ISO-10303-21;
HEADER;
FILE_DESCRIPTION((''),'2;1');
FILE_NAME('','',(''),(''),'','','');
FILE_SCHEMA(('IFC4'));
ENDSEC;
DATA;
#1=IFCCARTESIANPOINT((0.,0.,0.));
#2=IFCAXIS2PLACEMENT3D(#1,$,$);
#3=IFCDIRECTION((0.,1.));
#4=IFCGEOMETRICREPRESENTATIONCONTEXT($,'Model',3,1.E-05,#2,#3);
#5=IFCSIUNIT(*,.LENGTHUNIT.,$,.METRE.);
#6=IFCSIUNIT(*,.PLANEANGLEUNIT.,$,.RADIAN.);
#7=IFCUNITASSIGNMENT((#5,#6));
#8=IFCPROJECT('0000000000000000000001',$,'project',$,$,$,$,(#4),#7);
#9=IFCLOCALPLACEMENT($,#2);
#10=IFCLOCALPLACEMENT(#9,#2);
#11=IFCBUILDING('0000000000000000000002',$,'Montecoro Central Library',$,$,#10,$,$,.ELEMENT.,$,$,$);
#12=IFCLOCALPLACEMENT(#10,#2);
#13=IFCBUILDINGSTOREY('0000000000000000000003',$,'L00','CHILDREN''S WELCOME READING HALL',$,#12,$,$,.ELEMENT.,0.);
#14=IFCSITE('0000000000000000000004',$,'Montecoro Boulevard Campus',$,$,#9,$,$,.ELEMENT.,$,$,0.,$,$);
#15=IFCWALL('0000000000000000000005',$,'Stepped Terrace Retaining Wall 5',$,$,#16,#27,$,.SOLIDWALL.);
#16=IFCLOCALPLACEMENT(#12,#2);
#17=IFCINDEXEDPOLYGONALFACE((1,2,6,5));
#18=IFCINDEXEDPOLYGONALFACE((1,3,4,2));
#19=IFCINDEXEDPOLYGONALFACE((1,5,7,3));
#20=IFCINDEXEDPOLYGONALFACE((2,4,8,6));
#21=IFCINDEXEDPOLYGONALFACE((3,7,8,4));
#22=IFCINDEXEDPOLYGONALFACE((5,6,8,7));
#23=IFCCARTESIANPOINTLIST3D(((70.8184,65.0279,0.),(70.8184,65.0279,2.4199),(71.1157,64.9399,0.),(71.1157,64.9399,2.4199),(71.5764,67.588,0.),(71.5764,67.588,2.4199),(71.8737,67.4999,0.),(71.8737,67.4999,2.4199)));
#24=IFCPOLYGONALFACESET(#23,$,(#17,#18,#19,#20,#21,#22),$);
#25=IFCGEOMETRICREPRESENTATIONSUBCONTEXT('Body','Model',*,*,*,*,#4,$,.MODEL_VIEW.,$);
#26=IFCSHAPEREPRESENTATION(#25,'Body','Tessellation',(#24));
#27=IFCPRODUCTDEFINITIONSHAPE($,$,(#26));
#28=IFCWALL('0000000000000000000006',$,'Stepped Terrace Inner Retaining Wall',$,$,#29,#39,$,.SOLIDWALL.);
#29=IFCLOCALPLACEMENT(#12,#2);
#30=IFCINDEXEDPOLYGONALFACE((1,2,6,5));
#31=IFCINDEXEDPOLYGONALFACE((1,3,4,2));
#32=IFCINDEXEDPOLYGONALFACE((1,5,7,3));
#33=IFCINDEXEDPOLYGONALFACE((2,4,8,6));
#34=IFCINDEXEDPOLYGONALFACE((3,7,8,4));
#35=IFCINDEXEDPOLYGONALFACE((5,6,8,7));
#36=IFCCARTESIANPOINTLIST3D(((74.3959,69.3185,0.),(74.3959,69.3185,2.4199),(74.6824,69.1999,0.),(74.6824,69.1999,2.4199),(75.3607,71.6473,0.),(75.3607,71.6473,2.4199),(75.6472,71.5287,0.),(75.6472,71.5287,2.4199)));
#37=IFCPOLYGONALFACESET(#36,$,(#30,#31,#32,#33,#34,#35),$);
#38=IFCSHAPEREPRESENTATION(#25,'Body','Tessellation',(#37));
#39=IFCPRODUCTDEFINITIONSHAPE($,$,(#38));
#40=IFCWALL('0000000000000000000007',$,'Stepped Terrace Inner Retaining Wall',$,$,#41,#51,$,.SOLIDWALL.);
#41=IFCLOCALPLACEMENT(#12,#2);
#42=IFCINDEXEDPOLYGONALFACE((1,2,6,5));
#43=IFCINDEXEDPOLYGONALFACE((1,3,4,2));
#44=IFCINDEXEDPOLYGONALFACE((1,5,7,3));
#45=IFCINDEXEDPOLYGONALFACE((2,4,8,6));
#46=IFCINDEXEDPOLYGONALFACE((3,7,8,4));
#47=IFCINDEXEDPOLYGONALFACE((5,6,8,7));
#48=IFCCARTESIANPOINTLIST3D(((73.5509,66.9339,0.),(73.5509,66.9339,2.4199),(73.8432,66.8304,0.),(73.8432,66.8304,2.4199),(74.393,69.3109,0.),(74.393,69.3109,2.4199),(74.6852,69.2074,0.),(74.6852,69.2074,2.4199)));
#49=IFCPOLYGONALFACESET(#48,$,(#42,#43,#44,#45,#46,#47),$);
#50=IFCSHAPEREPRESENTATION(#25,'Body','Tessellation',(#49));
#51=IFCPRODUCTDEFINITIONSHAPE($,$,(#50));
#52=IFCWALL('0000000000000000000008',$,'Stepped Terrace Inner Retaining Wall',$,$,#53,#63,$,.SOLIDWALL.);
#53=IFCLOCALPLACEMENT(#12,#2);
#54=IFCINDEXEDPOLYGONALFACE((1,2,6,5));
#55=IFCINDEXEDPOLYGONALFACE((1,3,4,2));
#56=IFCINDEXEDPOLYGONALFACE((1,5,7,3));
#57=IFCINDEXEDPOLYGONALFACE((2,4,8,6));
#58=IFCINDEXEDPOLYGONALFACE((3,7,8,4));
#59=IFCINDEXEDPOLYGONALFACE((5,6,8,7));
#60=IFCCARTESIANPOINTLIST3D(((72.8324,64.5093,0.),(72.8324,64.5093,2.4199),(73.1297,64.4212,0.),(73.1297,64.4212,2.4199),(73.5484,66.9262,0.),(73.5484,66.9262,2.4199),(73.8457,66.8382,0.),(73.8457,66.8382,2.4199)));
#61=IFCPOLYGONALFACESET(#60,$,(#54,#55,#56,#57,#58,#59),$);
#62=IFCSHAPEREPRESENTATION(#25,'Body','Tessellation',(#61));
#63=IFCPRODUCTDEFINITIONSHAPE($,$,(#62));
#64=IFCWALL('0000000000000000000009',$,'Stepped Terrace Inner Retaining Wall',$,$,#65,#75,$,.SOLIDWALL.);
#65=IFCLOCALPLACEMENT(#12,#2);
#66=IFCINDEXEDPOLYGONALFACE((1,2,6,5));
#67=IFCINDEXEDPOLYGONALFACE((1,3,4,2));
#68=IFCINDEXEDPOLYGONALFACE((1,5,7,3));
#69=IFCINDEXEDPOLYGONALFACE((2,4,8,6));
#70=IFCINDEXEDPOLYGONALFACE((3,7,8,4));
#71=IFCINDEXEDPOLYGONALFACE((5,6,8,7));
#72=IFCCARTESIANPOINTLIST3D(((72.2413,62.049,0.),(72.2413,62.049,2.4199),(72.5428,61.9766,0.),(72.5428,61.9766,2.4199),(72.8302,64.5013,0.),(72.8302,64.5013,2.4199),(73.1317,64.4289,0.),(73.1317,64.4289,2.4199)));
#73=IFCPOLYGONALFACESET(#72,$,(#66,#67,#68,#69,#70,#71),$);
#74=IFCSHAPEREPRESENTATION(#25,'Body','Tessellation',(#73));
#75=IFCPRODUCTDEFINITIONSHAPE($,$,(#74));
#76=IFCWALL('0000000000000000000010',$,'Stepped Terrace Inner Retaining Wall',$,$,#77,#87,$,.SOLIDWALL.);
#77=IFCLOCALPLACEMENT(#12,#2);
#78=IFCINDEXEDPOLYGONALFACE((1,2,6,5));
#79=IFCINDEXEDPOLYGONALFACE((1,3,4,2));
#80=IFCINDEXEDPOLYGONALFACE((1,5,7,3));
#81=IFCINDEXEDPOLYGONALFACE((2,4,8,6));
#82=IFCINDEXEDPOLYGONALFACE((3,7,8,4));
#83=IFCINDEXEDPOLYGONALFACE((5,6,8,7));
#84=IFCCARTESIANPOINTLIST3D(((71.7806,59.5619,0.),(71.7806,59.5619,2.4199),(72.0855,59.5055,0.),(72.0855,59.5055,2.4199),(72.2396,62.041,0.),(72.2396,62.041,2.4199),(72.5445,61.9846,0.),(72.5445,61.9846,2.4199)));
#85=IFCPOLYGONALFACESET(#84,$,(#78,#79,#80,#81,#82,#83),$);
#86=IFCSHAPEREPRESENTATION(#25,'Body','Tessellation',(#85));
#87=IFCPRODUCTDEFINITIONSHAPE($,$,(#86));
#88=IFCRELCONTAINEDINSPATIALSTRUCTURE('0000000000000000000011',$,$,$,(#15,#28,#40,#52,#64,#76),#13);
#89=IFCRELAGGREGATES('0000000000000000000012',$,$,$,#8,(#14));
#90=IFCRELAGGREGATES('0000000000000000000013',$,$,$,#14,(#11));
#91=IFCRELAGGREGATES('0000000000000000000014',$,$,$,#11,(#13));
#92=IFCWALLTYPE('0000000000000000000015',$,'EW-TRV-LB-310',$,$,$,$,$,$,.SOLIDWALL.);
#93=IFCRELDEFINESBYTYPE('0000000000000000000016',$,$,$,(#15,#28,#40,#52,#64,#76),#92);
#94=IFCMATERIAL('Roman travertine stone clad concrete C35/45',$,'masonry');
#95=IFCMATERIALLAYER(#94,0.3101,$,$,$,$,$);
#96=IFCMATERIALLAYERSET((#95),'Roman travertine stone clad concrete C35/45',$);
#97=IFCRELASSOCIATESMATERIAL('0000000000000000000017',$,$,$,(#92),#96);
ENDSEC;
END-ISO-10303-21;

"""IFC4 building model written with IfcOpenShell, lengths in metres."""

from ifc_helpers import new_model, si_unit, direction, frame, frame_2d, origin, place, context, subcontext, project, spatial, rectangle, extrude, material, layer, layer_set, type_object, element, save


model = new_model("IFC4")

# Units and contexts
model_context = context("Model", 3, precision=1e-05, world=origin(), true_north=direction((0.0, 1.0)))
body_context = subcontext(model_context, "Body", "Model", "MODEL_VIEW")
ifc_project = project(units=[si_unit("LENGTHUNIT", "METRE"), si_unit("PLANEANGLEUNIT", "RADIAN")], contexts=[model_context])

# Site, building, storey
site_placement = place(None, origin())
site = spatial("IfcSite", under=ifc_project, at=site_placement, Name="Montecoro Boulevard Campus", CompositionType="ELEMENT", RefElevation=0.0)
building_placement = place(site_placement, origin())
building = spatial("IfcBuilding", under=site, at=building_placement, Name="Montecoro Central Library", CompositionType="ELEMENT")
storey_placement = place(building_placement, origin())
storey = spatial("IfcBuildingStorey", under=building, at=storey_placement, Name="L00", Description="CHILDREN'S WELCOME READING HALL", CompositionType="ELEMENT", Elevation=0.0)

# Walls
ifc_material_1 = material(Name="Roman travertine stone clad concrete C35/45", Category="masonry")
ifc_layer_1 = layer(ifc_material_1, 0.3101)
ifc_layer_set_1 = layer_set([ifc_layer_1], Name="Roman travertine stone clad concrete C35/45")
wall_type_1 = type_object("IfcWallType", Name="EW-TRV-LB-310", PredefinedType="SOLIDWALL", material=ifc_layer_set_1)
for number, where, z_axis, x_axis, name in (
    (1, (71.7251, 67.5439, 0.0), (0.0, 0.0, 1.0), (-0.283923, -0.958847, 0.0), "Stepped Terrace Retaining Wall 5"),
):
    element("IfcWall", number, at=place(storey_placement, frame(where, z_axis=z_axis, x_axis=x_axis)), inside=storey, type_object=wall_type_1, Name=name, PredefinedType="SOLIDWALL", context=body_context, shape_type="SweptSolid", body=[
        extrude(rectangle(XDim=2.6699, YDim=0.3101, at=frame_2d((1.335, 0.0))), origin(), (0.0, 0.0, 1.0), 2.4199),
    ])
wall_1_placement = place(storey_placement, frame((75.5039, 71.5879, 0.0), z_axis=(0.0, 0.0, 1.0), x_axis=(-0.382751, -0.923852, 0.0)))
element("IfcWall", 2, at=wall_1_placement, inside=storey, type_object=wall_type_1, Name="Stepped Terrace Inner Retaining Wall", PredefinedType="SOLIDWALL", context=body_context, shape_type="SweptSolid", body=[
    extrude(rectangle(XDim=2.5208, YDim=0.3101, at=frame_2d((1.2603, 0.0))), origin(), (0.0, 0.0, 1.0), 2.4199),
])
wall_2_placement = place(storey_placement, frame((74.5391, 69.259, 0.0), z_axis=(0.0, 0.0, 1.0), x_axis=(-0.333919, -0.942602, 0.0)))
element("IfcWall", 3, at=wall_2_placement, inside=storey, type_object=wall_type_1, Name="Stepped Terrace Inner Retaining Wall", PredefinedType="SOLIDWALL", context=body_context, shape_type="SweptSolid", body=[
    extrude(rectangle(XDim=2.5217, YDim=0.3101, at=frame_2d((1.2607, 0.0))), origin(), (0.0, 0.0, 1.0), 2.4199),
])
wall_3_placement = place(storey_placement, frame((73.697, 66.8821, 0.0), z_axis=(0.0, 0.0, 1.0), x_axis=(-0.284059, -0.958807, 0.0)))
element("IfcWall", 4, at=wall_3_placement, inside=storey, type_object=wall_type_1, Name="Stepped Terrace Inner Retaining Wall", PredefinedType="SOLIDWALL", context=body_context, shape_type="SweptSolid", body=[
    extrude(rectangle(XDim=2.5208, YDim=0.3101, at=frame_2d((1.2603, 0.0))), origin(), (0.0, 0.0, 1.0), 2.4199),
])
wall_4_placement = place(storey_placement, frame((72.981, 64.4651, 0.0), z_axis=(0.0, 0.0, 1.0), x_axis=(-0.233505, -0.972356, 0.0)))
element("IfcWall", 5, at=wall_4_placement, inside=storey, type_object=wall_type_1, Name="Stepped Terrace Inner Retaining Wall", PredefinedType="SOLIDWALL", context=body_context, shape_type="SweptSolid", body=[
    extrude(rectangle(XDim=2.522, YDim=0.3101, at=frame_2d((1.261, 0.0))), origin(), (0.0, 0.0, 1.0), 2.4199),
])
wall_5_placement = place(storey_placement, frame((72.3921, 62.0129, 0.0), z_axis=(0.0, 0.0, 1.0), x_axis=(-0.182055, -0.983288, 0.0)))
element("IfcWall", 6, at=wall_5_placement, inside=storey, type_object=wall_type_1, Name="Stepped Terrace Inner Retaining Wall", PredefinedType="SOLIDWALL", context=body_context, shape_type="SweptSolid", body=[
    extrude(rectangle(XDim=2.5212, YDim=0.3101, at=frame_2d((1.2607, 0.0))), origin(), (0.0, 0.0, 1.0), 2.4199),
])

save(model, "model.ifc")
